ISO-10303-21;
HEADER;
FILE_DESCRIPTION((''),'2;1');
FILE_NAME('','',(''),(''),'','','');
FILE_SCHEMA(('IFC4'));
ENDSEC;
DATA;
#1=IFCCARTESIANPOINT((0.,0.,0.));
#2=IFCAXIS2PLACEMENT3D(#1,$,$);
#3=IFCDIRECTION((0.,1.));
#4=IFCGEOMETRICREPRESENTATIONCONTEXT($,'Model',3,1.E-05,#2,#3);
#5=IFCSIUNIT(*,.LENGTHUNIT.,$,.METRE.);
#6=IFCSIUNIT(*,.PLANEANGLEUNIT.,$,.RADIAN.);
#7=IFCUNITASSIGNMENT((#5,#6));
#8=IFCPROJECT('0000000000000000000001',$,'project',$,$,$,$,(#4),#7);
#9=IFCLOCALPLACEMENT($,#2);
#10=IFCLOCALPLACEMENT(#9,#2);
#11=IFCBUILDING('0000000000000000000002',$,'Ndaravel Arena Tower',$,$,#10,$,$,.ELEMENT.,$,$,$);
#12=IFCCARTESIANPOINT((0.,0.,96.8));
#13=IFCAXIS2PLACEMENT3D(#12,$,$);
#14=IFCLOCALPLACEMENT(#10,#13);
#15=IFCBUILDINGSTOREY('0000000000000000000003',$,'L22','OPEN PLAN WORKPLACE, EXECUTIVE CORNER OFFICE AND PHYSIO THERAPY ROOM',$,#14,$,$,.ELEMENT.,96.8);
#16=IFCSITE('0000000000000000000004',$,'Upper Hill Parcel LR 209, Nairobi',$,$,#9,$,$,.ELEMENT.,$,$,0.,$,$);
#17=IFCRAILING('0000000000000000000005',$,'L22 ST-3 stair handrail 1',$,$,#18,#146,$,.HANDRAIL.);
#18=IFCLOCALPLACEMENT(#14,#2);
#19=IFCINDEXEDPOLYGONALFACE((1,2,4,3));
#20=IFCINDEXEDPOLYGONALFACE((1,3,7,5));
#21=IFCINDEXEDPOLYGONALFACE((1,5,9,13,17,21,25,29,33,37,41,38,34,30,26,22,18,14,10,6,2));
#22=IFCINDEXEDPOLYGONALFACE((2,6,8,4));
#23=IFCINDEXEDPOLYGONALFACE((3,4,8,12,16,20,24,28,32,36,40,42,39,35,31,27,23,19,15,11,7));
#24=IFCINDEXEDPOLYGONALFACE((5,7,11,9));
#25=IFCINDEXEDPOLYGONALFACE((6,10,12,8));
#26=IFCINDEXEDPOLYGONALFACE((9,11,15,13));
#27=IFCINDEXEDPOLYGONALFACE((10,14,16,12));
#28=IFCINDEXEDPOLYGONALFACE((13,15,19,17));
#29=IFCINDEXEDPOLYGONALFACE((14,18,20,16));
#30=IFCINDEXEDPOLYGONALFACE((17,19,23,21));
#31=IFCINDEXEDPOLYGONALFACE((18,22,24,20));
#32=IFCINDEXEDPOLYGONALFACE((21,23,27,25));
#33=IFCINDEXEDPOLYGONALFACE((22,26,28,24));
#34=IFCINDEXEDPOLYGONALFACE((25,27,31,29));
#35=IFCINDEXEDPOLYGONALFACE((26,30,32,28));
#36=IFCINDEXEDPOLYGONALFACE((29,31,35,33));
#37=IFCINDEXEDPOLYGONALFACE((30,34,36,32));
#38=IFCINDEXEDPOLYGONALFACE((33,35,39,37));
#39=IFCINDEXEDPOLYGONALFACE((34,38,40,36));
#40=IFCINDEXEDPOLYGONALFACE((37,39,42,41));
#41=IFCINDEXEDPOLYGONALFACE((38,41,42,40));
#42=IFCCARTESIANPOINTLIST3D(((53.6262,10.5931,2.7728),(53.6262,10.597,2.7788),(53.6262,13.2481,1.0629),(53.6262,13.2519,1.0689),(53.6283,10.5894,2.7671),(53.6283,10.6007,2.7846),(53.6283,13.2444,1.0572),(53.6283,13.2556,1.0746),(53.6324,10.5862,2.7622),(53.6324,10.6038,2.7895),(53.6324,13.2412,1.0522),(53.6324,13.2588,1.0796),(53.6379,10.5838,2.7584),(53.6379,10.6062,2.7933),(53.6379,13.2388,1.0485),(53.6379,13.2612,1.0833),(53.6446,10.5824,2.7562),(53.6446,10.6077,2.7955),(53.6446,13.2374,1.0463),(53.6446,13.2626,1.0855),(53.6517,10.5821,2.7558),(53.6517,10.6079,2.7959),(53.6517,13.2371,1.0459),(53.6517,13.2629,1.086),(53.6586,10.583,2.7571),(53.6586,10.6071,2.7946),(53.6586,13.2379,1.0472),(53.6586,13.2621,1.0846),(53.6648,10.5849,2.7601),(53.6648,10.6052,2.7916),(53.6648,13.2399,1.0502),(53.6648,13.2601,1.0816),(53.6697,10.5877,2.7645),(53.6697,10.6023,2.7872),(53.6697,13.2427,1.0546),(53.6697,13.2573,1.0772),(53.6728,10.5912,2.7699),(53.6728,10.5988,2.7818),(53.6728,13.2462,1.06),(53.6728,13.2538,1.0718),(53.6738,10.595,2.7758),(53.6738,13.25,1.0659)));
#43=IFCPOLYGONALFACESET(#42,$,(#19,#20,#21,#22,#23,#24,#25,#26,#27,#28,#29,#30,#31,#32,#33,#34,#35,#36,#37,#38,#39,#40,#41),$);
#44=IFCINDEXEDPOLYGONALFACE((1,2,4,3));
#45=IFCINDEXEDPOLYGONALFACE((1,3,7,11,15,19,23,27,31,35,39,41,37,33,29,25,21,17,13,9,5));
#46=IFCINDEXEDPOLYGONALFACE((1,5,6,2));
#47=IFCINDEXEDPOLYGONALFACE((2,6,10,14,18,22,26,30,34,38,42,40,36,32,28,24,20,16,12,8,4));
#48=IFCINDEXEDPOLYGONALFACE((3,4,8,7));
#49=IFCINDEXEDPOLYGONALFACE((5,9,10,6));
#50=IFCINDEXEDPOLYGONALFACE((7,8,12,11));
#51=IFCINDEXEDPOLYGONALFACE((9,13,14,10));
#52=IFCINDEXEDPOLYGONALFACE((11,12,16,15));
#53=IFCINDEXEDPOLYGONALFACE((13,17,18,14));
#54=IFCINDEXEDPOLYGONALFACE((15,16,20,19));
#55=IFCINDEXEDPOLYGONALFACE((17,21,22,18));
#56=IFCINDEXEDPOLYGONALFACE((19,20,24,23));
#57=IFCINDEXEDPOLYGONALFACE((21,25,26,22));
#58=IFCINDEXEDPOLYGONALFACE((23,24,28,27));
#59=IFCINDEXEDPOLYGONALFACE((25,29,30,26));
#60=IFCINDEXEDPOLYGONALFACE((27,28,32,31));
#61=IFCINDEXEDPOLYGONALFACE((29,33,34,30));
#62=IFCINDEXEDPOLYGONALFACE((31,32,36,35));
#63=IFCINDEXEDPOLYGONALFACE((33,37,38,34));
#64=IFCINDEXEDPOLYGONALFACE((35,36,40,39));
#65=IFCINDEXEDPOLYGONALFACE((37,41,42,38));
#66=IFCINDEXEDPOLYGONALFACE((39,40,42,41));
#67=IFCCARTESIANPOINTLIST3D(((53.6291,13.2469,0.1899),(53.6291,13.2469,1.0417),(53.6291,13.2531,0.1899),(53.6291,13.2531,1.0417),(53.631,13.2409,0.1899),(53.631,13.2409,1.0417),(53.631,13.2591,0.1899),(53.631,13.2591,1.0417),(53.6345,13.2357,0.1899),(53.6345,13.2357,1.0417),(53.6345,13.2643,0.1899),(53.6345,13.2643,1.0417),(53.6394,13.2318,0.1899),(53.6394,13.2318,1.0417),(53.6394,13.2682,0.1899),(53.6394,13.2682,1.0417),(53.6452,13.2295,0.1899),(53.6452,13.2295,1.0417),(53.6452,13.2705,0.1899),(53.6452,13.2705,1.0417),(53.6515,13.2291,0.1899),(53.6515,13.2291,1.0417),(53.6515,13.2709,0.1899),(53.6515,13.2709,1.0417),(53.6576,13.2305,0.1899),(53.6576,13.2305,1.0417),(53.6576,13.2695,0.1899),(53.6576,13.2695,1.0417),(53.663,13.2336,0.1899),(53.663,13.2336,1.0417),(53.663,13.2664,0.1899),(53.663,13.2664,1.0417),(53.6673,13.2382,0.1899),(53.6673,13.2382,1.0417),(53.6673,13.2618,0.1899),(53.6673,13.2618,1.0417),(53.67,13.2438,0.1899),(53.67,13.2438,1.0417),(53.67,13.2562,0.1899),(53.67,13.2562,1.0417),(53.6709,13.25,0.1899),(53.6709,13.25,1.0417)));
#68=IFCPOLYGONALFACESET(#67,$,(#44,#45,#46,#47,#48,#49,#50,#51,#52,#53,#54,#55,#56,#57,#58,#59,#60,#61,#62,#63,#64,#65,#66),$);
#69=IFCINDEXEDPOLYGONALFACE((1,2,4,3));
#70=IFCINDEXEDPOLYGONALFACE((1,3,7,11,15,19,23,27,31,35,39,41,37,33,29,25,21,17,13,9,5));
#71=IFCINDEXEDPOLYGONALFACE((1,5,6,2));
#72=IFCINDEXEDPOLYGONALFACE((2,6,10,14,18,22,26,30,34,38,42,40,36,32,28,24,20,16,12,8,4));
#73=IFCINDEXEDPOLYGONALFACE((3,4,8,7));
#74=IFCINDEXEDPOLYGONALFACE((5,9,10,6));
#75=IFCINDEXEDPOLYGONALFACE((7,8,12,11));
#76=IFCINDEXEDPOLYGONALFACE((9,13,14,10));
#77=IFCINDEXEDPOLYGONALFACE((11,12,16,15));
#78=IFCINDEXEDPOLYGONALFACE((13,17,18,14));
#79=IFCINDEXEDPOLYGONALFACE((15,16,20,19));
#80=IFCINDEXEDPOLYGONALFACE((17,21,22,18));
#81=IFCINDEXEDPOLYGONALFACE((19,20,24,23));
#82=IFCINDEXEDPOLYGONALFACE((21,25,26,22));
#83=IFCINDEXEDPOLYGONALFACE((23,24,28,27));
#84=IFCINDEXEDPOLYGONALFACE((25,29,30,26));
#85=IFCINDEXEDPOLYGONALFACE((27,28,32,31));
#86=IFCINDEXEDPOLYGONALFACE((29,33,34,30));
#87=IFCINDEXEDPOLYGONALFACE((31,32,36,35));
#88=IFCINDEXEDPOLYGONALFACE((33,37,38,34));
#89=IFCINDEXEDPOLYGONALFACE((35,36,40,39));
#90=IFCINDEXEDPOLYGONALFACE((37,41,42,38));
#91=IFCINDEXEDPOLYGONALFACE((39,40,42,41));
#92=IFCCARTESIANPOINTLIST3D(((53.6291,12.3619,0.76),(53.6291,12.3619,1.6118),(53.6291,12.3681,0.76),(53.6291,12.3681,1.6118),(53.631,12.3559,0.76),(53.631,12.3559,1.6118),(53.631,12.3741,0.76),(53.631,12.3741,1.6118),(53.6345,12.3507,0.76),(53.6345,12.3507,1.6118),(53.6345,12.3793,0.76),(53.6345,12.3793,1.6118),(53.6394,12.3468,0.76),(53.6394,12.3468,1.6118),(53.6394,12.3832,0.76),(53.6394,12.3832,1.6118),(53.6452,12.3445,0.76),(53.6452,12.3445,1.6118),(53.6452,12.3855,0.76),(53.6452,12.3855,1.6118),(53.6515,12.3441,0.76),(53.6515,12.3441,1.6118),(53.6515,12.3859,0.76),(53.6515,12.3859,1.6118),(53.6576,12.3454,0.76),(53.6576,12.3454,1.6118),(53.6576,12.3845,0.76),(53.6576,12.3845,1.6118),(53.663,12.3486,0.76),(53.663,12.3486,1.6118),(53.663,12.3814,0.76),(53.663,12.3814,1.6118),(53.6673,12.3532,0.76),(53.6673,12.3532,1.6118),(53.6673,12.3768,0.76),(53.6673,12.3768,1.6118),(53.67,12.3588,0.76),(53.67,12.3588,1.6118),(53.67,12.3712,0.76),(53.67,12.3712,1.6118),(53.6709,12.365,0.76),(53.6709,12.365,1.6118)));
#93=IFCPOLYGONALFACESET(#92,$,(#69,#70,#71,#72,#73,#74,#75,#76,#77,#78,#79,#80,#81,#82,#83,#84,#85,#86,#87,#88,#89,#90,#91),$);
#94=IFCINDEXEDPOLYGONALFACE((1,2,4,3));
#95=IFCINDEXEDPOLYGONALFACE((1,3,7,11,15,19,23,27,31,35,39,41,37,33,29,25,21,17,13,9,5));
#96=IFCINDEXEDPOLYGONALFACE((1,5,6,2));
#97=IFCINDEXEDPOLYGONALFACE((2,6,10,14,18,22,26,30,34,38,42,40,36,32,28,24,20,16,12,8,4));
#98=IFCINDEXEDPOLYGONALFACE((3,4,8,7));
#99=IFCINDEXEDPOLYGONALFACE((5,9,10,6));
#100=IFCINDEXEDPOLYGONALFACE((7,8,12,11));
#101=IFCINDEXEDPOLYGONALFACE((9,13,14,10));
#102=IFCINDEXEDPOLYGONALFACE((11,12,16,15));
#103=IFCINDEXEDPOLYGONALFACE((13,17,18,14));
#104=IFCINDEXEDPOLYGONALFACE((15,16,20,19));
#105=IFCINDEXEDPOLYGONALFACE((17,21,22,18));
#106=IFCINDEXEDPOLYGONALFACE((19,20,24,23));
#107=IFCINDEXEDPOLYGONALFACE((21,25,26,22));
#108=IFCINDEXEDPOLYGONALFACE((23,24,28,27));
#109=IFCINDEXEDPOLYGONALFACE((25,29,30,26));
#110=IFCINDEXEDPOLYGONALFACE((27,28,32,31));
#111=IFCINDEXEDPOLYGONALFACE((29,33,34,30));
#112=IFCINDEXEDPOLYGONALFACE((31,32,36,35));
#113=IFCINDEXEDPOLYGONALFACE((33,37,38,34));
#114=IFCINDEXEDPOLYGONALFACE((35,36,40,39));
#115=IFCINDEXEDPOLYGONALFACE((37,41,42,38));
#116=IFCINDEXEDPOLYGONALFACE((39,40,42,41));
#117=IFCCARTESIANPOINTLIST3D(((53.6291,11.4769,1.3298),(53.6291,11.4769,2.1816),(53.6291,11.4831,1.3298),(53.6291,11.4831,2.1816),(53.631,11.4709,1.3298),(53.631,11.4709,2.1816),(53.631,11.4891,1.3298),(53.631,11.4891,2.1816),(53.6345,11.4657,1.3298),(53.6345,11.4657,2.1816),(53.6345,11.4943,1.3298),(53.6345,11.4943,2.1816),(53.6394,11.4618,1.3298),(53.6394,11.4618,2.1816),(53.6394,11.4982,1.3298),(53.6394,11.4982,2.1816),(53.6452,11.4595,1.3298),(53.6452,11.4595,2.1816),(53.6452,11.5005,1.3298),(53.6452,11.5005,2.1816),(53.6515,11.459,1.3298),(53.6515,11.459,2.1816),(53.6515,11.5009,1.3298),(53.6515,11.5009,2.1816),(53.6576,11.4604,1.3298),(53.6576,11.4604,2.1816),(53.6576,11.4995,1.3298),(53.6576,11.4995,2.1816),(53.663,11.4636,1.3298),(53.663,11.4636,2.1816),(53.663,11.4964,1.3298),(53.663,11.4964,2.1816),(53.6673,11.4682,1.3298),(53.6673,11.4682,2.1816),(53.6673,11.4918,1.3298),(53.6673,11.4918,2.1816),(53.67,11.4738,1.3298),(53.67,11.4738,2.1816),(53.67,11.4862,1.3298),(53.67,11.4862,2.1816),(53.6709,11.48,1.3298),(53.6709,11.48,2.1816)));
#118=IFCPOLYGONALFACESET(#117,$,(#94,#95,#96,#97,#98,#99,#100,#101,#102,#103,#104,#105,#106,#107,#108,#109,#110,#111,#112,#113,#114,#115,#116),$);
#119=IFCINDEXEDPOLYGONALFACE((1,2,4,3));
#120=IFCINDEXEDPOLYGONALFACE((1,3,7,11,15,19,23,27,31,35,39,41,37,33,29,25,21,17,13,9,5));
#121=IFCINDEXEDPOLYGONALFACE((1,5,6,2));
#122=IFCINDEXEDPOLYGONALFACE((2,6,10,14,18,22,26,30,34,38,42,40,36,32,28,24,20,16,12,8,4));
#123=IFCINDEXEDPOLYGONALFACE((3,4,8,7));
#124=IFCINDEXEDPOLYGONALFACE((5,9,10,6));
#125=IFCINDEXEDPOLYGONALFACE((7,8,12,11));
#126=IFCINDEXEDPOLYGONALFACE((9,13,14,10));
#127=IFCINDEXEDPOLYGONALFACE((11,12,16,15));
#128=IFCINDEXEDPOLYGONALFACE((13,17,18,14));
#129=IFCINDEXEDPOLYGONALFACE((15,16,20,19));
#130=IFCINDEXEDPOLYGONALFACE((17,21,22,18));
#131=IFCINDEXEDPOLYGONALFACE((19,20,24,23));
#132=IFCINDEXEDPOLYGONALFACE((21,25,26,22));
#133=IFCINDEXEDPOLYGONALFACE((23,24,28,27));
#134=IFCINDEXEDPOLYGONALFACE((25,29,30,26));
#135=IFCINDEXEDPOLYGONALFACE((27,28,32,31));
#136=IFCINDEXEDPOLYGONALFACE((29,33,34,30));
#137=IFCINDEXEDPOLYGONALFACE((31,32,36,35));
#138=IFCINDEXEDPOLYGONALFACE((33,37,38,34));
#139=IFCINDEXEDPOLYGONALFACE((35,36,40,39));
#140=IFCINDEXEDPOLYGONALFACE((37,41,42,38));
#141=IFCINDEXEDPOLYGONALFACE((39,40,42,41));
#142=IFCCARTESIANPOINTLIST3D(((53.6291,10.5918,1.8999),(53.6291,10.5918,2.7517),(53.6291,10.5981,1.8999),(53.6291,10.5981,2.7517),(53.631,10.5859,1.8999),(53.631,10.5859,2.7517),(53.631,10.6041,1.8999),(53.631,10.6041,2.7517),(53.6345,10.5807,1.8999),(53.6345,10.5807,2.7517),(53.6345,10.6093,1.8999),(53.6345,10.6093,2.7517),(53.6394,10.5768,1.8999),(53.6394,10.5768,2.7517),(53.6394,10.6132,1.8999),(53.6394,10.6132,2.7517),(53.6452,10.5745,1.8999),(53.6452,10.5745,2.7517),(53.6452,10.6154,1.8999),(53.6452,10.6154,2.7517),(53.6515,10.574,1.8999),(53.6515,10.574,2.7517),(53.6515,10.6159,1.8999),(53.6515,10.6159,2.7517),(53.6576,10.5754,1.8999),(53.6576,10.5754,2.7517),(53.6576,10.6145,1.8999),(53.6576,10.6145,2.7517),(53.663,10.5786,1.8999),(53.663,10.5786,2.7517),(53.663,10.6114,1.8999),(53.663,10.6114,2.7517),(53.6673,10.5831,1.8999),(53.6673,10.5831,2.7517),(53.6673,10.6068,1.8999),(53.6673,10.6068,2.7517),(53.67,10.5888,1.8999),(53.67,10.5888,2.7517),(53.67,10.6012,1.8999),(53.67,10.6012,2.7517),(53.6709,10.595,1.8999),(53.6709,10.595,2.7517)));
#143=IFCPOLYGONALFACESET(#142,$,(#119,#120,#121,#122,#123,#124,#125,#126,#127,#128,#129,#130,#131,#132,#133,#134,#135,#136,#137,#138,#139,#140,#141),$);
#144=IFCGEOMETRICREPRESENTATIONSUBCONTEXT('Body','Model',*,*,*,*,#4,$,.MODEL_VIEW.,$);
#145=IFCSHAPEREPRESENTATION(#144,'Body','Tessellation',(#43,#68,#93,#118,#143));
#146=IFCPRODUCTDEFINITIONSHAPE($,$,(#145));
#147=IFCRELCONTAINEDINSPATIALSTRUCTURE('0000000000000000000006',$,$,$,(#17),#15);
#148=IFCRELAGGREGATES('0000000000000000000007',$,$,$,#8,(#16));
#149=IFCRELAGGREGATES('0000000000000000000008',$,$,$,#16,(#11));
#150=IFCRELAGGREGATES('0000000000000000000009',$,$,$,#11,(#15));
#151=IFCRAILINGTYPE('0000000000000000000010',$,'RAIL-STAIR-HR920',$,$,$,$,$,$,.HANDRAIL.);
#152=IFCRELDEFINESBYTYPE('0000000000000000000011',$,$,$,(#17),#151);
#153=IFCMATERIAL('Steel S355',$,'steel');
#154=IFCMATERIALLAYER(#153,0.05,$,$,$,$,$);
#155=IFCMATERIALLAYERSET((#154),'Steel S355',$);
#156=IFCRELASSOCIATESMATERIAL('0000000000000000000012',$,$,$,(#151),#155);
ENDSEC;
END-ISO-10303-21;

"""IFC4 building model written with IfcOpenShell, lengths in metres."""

from ifc_helpers import new_model, si_unit, direction, frame, origin, origin_2d, place, context, subcontext, project, spatial, circle, extrude, material, layer, layer_set, type_object, element, save


model = new_model("IFC4")

# Units and contexts
model_context = context("Model", 3, precision=1e-05, world=origin(), true_north=direction((0.0, 1.0)))
body_context = subcontext(model_context, "Body", "Model", "MODEL_VIEW")
ifc_project = project(units=[si_unit("LENGTHUNIT", "METRE"), si_unit("PLANEANGLEUNIT", "RADIAN")], contexts=[model_context])

# Site, building, storey
site_placement = place(None, origin())
site = spatial("IfcSite", under=ifc_project, at=site_placement, Name="Upper Hill Parcel LR 209, Nairobi", CompositionType="ELEMENT", RefElevation=0.0)
building_placement = place(site_placement, origin())
building = spatial("IfcBuilding", under=site, at=building_placement, Name="Ndaravel Arena Tower", CompositionType="ELEMENT")
storey_placement = place(building_placement, frame((0.0, 0.0, 96.8)))
storey = spatial("IfcBuildingStorey", under=building, at=storey_placement, Name="L22", Description="OPEN PLAN WORKPLACE, EXECUTIVE CORNER OFFICE AND PHYSIO THERAPY ROOM", CompositionType="ELEMENT", Elevation=96.8)

# Railing
ifc_material_1 = material(Name="Steel S355", Category="steel")
ifc_layer_1 = layer(ifc_material_1, 0.05)
ifc_layer_set_1 = layer_set([ifc_layer_1], Name="Steel S355")
railing_type_1 = type_object("IfcRailingType", Name="RAIL-STAIR-HR920", PredefinedType="HANDRAIL", material=ifc_layer_set_1)
railing_1_placement = place(storey_placement, frame((53.6499, 13.25, 0.1899)))
element("IfcRailing", 1, at=railing_1_placement, inside=storey, type_object=railing_type_1, Name="L22 ST-3 stair handrail 1", PredefinedType="HANDRAIL", context=body_context, shape_type="SweptSolid", body=[
    extrude(circle(Radius=0.0239, at=origin_2d()), frame((0.0, 0.0, 0.876), z_axis=(0.0, -0.840724, 0.541465), x_axis=(1.0, 0.0, 0.0)), (0.0, 0.0, 1.0), 3.158),
    extrude(circle(Radius=0.021, at=origin_2d()), origin(), (0.0, 0.0, 1.0), 0.8518),
    extrude(circle(Radius=0.021, at=origin_2d()), frame((0.0, -0.885, 0.5701)), (0.0, 0.0, 1.0), 0.8518),
    extrude(circle(Radius=0.021, at=origin_2d()), frame((0.0, -1.77, 1.1399)), (0.0, 0.0, 1.0), 0.8518),
    extrude(circle(Radius=0.021, at=origin_2d()), frame((0.0, -2.655, 1.71)), (0.0, 0.0, 1.0), 0.8518),
])

save(model, "model.ifc")
